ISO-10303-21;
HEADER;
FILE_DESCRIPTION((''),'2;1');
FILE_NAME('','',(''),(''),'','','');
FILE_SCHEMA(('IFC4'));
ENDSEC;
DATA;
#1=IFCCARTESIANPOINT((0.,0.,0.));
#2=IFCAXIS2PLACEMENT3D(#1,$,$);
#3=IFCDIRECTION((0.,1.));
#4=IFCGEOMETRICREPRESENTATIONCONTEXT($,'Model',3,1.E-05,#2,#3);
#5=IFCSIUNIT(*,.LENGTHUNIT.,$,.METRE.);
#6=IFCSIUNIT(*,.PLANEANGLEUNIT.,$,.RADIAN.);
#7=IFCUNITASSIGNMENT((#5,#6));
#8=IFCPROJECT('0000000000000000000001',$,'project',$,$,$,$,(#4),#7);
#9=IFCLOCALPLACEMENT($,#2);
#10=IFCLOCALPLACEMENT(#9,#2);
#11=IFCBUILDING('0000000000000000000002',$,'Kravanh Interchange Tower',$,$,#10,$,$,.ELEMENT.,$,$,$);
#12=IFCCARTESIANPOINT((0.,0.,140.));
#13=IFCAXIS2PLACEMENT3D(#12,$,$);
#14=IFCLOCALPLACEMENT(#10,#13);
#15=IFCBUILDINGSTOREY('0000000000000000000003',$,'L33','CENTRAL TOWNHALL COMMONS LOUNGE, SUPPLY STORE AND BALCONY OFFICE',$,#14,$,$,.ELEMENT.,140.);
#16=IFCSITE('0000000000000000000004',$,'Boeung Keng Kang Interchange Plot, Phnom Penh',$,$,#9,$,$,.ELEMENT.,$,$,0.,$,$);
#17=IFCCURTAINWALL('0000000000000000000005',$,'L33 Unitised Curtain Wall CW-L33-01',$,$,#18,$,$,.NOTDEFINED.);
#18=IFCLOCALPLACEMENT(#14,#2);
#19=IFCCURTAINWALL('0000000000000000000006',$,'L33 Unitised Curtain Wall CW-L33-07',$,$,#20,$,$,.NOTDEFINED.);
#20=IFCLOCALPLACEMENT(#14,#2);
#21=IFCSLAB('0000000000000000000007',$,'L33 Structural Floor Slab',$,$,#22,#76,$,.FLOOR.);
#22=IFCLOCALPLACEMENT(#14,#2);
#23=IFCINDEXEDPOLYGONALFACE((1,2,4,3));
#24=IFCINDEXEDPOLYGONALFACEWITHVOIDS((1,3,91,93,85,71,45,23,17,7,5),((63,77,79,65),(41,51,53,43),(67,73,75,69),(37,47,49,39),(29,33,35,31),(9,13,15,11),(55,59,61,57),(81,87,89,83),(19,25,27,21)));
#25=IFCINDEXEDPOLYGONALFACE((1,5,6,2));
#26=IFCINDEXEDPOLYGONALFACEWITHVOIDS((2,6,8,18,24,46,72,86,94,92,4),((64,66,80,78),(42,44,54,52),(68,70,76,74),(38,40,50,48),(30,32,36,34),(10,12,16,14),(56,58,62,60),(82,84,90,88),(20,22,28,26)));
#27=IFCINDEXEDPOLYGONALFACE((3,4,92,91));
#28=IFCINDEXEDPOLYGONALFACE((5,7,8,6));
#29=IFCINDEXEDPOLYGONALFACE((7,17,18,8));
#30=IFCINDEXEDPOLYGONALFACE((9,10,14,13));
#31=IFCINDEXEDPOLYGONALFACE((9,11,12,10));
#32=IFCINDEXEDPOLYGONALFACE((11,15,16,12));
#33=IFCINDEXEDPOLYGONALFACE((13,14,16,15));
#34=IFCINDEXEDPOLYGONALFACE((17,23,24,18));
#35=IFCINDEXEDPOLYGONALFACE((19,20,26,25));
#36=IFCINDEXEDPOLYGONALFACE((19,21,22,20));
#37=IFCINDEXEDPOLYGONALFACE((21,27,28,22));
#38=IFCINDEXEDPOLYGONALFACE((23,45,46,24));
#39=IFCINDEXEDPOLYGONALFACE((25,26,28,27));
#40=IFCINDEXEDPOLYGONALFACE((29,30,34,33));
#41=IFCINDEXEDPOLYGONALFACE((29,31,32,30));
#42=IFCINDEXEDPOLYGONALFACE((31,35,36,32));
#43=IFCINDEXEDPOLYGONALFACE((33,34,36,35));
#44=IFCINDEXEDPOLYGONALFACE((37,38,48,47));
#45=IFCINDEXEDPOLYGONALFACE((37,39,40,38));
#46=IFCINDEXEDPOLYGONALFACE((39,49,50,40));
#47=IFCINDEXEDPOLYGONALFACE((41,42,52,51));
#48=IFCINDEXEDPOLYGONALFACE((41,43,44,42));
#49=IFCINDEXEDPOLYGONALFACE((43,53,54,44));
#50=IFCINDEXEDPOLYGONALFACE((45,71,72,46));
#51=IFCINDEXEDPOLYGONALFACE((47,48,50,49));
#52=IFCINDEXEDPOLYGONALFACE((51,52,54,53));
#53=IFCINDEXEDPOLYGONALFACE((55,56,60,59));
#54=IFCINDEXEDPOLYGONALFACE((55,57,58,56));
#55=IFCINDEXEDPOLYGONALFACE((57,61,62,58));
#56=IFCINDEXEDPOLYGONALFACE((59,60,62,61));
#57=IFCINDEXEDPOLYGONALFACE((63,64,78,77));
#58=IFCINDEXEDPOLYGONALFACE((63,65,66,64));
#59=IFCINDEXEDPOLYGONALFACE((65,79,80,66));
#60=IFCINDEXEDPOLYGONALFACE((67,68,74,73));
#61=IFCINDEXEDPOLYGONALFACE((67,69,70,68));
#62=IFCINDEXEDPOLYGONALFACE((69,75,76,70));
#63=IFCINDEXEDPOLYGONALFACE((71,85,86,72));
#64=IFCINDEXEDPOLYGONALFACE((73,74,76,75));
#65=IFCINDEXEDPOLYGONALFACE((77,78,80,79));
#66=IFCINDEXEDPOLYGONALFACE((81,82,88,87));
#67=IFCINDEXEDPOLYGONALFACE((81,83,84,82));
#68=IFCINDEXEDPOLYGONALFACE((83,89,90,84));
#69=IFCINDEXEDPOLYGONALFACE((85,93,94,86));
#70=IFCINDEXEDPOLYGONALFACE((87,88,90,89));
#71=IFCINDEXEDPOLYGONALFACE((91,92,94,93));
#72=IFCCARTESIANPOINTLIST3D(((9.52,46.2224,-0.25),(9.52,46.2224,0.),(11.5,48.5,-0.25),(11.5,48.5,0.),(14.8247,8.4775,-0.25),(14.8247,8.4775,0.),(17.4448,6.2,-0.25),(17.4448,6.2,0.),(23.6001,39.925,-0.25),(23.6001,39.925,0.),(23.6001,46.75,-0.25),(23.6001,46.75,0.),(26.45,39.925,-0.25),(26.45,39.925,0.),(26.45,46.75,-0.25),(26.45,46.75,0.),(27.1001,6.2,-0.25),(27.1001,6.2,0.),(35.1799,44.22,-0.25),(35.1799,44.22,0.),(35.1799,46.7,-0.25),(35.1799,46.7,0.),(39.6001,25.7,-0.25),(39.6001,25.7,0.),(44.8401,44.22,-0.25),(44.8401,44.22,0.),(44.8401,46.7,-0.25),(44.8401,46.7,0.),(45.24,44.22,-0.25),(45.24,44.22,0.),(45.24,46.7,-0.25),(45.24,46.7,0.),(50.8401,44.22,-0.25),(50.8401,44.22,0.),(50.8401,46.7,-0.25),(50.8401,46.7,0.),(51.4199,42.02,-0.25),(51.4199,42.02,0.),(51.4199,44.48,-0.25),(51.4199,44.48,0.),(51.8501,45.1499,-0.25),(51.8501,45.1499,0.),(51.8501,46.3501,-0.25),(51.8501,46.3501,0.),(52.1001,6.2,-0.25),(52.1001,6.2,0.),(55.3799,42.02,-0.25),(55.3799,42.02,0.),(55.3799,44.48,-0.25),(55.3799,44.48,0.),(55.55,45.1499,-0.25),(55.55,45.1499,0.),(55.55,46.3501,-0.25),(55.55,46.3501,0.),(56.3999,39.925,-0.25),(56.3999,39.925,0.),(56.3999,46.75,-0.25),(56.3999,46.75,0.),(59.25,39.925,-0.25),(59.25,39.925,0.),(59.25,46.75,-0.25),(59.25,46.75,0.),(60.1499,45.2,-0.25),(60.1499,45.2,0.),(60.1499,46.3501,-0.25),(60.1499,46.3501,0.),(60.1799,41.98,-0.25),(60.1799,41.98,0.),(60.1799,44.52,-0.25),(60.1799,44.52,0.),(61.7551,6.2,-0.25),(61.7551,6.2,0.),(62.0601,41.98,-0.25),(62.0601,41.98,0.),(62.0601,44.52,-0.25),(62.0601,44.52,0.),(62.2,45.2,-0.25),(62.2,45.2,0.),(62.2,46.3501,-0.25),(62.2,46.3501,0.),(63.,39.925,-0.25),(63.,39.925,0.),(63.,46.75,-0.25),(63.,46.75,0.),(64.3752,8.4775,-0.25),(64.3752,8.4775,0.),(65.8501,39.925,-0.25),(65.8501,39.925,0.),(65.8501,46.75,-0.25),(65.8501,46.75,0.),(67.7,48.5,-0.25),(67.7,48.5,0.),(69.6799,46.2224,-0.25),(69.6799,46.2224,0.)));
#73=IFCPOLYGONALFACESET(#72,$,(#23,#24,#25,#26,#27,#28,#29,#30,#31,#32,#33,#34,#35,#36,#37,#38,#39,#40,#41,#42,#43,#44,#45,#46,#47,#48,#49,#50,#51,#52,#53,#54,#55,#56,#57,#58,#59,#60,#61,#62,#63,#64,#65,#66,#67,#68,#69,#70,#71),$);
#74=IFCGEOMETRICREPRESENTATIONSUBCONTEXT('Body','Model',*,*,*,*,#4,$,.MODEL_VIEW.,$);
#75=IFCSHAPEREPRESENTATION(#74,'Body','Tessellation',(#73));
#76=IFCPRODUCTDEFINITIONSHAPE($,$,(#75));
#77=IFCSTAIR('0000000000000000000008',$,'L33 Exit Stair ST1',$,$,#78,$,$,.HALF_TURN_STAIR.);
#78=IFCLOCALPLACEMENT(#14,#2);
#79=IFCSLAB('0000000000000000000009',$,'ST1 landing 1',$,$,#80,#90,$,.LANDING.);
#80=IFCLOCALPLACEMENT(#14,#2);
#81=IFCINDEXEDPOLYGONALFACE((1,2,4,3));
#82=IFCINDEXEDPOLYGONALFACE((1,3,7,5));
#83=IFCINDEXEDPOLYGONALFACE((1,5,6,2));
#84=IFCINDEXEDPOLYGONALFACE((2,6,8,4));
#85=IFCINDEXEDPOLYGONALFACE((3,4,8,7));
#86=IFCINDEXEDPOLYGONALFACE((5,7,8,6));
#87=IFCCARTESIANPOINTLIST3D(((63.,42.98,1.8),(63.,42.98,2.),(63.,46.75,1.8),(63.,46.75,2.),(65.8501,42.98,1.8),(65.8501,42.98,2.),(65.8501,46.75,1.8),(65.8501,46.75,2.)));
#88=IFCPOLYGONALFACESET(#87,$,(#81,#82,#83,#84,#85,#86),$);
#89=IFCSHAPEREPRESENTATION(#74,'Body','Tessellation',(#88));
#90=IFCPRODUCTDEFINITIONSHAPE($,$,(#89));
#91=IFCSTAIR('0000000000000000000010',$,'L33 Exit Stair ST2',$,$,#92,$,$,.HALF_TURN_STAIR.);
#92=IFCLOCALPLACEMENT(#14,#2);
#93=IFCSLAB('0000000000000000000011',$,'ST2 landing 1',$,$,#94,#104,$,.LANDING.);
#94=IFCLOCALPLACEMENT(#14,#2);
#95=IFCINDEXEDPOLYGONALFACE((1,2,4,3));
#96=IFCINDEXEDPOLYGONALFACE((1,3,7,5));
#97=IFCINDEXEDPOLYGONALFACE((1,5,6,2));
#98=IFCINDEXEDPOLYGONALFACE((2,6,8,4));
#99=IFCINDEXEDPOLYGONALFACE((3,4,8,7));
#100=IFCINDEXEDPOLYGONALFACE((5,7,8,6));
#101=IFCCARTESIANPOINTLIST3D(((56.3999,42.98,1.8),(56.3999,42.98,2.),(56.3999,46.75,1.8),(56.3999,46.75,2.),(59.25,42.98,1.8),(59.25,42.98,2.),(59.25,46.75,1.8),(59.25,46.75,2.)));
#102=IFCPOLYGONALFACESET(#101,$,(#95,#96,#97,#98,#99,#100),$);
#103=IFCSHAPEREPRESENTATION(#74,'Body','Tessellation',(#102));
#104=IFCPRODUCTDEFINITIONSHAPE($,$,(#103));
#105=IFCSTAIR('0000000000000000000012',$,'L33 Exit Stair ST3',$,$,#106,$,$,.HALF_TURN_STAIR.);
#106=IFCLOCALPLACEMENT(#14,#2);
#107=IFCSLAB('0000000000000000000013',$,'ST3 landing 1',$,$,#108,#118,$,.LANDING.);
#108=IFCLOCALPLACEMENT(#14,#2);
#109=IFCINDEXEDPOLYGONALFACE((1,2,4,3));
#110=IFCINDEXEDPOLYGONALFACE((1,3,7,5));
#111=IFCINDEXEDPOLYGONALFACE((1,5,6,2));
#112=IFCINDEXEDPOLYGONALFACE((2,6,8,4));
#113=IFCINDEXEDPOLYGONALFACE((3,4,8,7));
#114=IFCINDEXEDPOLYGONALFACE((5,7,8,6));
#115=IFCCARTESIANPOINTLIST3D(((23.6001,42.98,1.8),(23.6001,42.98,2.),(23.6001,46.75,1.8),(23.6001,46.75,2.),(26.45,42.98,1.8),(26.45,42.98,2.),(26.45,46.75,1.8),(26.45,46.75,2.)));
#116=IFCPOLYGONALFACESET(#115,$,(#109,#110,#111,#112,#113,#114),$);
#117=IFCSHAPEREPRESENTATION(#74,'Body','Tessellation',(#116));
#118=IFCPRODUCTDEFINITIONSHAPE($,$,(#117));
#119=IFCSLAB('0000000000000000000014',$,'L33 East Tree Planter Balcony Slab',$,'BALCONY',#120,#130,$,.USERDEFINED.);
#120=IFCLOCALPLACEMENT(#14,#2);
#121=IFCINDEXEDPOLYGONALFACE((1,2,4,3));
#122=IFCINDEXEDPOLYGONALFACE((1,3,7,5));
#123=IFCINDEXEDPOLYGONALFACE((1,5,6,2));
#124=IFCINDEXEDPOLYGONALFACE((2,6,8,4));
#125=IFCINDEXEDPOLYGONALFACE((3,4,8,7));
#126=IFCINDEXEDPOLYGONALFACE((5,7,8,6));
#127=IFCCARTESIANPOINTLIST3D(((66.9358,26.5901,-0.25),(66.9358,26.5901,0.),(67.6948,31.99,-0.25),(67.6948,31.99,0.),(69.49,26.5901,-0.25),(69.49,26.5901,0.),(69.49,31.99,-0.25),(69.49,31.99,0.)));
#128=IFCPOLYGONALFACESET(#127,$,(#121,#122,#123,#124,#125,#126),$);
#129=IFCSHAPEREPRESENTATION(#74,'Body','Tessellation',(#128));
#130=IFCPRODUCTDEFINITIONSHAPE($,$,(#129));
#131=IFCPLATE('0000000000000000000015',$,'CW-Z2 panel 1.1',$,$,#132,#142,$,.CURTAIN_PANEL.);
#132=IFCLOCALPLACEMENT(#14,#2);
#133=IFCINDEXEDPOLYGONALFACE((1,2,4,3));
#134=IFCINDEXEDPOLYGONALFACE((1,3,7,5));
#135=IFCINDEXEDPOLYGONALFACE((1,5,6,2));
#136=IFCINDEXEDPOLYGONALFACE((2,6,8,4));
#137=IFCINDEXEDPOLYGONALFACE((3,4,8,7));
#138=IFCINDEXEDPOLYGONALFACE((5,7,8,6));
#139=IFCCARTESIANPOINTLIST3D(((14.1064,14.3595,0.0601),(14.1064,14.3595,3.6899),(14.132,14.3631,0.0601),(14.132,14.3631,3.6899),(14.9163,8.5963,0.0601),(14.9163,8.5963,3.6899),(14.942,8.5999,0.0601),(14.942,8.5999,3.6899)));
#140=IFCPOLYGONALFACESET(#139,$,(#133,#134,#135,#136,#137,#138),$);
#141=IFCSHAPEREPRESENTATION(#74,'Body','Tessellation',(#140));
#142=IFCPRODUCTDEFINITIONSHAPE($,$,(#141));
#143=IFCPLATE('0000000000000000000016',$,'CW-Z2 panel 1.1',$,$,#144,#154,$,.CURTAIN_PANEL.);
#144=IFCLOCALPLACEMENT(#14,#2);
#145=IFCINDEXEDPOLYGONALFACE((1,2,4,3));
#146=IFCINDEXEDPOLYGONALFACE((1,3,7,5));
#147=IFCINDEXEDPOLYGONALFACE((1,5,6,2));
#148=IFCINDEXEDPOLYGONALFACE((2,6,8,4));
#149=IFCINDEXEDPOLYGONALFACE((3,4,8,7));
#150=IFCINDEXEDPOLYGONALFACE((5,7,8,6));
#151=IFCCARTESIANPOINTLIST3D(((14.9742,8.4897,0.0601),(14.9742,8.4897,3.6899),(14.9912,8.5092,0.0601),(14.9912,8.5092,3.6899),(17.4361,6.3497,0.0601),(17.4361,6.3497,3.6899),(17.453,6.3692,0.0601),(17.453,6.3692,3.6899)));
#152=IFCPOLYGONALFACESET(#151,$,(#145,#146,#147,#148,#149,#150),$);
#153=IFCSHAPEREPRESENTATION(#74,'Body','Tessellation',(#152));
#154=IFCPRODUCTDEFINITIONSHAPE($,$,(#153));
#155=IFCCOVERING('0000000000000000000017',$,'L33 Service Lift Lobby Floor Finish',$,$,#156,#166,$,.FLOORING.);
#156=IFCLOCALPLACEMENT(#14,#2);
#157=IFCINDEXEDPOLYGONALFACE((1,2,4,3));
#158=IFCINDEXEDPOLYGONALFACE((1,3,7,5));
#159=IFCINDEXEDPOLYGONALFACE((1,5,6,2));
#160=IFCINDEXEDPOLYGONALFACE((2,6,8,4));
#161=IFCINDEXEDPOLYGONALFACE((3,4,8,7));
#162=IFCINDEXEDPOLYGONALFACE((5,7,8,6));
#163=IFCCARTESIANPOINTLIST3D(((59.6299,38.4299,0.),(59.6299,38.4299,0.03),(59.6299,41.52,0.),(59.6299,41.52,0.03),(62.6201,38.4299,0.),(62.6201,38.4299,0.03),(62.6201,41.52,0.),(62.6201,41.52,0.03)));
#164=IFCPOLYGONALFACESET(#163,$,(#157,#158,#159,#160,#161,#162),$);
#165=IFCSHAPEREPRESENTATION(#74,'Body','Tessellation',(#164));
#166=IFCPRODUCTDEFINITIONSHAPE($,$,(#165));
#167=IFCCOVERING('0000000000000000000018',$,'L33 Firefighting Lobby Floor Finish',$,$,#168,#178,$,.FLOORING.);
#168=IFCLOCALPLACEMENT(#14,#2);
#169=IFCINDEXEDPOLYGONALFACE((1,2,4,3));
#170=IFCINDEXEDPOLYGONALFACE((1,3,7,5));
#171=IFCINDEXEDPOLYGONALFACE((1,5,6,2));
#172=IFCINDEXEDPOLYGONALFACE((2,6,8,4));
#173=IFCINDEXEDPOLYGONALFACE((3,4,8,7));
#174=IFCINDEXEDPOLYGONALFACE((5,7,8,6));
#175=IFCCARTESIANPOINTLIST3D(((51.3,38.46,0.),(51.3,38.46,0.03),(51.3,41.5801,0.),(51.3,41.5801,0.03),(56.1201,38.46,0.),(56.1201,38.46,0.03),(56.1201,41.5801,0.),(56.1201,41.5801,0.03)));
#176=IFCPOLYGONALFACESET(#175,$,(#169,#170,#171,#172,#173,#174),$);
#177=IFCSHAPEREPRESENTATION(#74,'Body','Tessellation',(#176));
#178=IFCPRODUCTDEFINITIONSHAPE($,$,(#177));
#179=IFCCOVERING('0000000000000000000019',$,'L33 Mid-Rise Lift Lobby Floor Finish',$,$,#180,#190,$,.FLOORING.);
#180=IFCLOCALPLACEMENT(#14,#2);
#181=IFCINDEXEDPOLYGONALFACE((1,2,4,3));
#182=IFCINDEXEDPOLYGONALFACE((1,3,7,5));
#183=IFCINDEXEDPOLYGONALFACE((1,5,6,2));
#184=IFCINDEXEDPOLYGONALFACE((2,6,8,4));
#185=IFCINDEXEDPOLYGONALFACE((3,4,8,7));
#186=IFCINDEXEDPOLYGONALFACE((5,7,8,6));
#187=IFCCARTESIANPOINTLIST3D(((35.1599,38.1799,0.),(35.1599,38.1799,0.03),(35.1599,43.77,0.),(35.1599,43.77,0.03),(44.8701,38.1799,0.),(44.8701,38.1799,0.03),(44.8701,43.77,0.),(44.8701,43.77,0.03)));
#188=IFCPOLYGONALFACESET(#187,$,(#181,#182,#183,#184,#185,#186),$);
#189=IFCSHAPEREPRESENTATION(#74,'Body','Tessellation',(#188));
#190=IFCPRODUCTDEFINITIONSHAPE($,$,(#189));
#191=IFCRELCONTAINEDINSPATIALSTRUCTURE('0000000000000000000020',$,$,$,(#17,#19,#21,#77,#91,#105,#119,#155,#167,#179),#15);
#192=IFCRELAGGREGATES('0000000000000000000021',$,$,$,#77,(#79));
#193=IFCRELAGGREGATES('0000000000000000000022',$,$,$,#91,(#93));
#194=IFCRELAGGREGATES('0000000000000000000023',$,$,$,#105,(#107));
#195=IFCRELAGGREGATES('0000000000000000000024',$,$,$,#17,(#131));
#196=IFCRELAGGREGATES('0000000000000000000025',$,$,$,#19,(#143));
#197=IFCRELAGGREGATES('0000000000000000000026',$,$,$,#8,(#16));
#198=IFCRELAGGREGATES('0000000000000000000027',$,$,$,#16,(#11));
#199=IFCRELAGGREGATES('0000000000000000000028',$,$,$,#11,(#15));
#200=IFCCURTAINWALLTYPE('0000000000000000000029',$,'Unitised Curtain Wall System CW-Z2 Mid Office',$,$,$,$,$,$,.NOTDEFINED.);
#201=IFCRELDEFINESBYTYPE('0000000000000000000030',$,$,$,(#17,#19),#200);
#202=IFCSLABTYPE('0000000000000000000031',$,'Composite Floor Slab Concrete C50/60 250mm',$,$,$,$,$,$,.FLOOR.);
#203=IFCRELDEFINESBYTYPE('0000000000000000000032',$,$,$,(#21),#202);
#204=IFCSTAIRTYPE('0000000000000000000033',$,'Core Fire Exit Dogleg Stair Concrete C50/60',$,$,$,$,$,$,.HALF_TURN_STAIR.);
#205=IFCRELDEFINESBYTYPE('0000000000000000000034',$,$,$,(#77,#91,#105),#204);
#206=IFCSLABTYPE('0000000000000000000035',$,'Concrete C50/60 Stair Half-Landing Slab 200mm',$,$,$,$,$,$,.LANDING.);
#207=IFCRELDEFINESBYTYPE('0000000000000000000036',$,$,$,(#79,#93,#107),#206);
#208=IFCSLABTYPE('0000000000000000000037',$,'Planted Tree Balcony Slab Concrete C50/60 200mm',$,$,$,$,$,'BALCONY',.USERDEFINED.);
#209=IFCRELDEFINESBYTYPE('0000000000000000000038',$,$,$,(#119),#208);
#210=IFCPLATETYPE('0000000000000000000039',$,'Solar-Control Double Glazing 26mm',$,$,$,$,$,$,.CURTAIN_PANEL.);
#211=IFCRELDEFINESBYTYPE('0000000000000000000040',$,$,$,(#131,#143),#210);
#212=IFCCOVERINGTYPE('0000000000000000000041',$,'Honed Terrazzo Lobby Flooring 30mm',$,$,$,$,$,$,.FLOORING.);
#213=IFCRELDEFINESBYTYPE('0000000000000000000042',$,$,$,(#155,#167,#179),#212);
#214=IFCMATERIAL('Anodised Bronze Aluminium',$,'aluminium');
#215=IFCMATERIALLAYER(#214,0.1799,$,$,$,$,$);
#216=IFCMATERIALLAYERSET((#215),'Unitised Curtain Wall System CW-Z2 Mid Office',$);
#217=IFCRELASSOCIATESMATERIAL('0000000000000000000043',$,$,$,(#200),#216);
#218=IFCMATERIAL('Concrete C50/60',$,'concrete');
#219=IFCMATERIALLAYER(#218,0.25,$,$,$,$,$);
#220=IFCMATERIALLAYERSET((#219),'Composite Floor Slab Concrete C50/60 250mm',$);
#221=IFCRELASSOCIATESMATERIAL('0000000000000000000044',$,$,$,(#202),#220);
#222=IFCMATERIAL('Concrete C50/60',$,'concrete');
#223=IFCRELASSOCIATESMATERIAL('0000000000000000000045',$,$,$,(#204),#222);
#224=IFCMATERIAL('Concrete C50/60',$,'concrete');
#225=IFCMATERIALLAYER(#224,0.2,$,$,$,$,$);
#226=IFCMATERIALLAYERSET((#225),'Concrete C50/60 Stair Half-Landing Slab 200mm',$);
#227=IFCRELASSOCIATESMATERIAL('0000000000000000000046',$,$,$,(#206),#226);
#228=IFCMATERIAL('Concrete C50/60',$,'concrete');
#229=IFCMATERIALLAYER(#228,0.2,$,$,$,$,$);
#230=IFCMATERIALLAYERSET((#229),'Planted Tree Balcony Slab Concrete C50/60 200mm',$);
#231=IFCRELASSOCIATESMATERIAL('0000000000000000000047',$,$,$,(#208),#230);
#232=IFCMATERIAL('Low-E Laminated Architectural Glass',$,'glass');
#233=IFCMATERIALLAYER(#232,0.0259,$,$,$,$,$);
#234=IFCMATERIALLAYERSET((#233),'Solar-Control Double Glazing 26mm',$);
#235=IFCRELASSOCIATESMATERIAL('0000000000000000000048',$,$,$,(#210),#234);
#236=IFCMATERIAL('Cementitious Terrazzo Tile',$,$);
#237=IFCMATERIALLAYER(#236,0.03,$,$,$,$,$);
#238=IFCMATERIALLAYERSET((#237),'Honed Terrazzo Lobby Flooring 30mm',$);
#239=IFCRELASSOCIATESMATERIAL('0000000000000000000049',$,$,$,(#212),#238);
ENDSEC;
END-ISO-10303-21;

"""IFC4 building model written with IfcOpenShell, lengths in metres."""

from ifc_helpers import new_model, si_unit, direction, frame, origin, origin_2d, place, context, subcontext, project, spatial, polyline, rectangle, outline, extrude, material, layer, layer_set, type_object, element, aggregate, save


model = new_model("IFC4")

# Units and contexts
model_context = context("Model", 3, precision=1e-05, world=origin(), true_north=direction((0.0, 1.0)))
body_context = subcontext(model_context, "Body", "Model", "MODEL_VIEW")
ifc_project = project(units=[si_unit("LENGTHUNIT", "METRE"), si_unit("PLANEANGLEUNIT", "RADIAN")], contexts=[model_context])

# Site, building, storey
site_placement = place(None, origin())
site = spatial("IfcSite", under=ifc_project, at=site_placement, Name="Boeung Keng Kang Interchange Plot, Phnom Penh", CompositionType="ELEMENT", RefElevation=0.0)
building_placement = place(site_placement, origin())
building = spatial("IfcBuilding", under=site, at=building_placement, Name="Kravanh Interchange Tower", CompositionType="ELEMENT")
storey_placement = place(building_placement, frame((0.0, 0.0, 140.0)))
storey = spatial("IfcBuildingStorey", under=building, at=storey_placement, Name="L33", Description="CENTRAL TOWNHALL COMMONS LOUNGE, SUPPLY STORE AND BALCONY OFFICE", CompositionType="ELEMENT", Elevation=140.0)

# Curtain walls
ifc_material_1 = material(Name="Anodised Bronze Aluminium", Category="aluminium")
ifc_layer_1 = layer(ifc_material_1, 0.1799)
ifc_layer_set_1 = layer_set([ifc_layer_1], Name="Unitised Curtain Wall System CW-Z2 Mid Office")
curtain_wall_type = type_object("IfcCurtainWallType", Name="Unitised Curtain Wall System CW-Z2 Mid Office", PredefinedType="NOTDEFINED", material=ifc_layer_set_1)
curtain_wall_1_placement = place(storey_placement, origin())
curtain_wall_1 = element("IfcCurtainWall", 1, at=curtain_wall_1_placement, inside=storey, type_object=curtain_wall_type, Name="L33 Unitised Curtain Wall CW-L33-01", PredefinedType="NOTDEFINED")
curtain_wall_2_placement = place(storey_placement, origin())
curtain_wall_2 = element("IfcCurtainWall", 2, at=curtain_wall_2_placement, inside=storey, type_object=curtain_wall_type, Name="L33 Unitised Curtain Wall CW-L33-07", PredefinedType="NOTDEFINED")

# Slab
ifc_material_2 = material(Name="Concrete C50/60", Category="concrete")
ifc_layer_2 = layer(ifc_material_2, 0.25)
ifc_layer_set_2 = layer_set([ifc_layer_2], Name="Composite Floor Slab Concrete C50/60 250mm")
slab_type_1 = type_object("IfcSlabType", Name="Composite Floor Slab Concrete C50/60 250mm", PredefinedType="FLOOR", material=ifc_layer_set_2)
slab_1_placement = place(storey_placement, frame((0.0, 0.0, -0.25)))
element("IfcSlab", 3, at=slab_1_placement, inside=storey, type_object=slab_type_1, Name="L33 Structural Floor Slab", PredefinedType="FLOOR", context=body_context, shape_type="SweptSolid", body=[
    extrude(outline(polyline([(14.8247, 8.4775), (17.4448, 6.2), (27.1001, 6.2), (39.6001, 25.7), (52.1001, 6.2), (61.7551, 6.2), (64.3752, 8.4775), (69.6799, 46.2224), (67.7, 48.5), (11.5, 48.5), (9.52, 46.2224), (14.8247, 8.4775)]), holes=[polyline([(65.8501, 39.925), (65.8501, 46.75), (63.0, 46.75), (63.0, 39.925), (65.8501, 39.925)]), polyline([(59.25, 39.925), (59.25, 46.75), (56.3999, 46.75), (56.3999, 39.925), (59.25, 39.925)]), polyline([(26.45, 39.925), (26.45, 46.75), (23.6001, 46.75), (23.6001, 39.925), (26.45, 39.925)]), polyline([(35.1799, 44.22), (44.8401, 44.22), (44.8401, 46.7), (35.1799, 46.7), (35.1799, 44.22)]), polyline([(45.24, 44.22), (50.8401, 44.22), (50.8401, 46.7), (45.24, 46.7), (45.24, 44.22)]), polyline([(51.4199, 42.02), (55.3799, 42.02), (55.3799, 44.48), (51.4199, 44.48), (51.4199, 42.02)]), polyline([(60.1799, 41.98), (62.0601, 41.98), (62.0601, 44.52), (60.1799, 44.52), (60.1799, 41.98)]), polyline([(60.1499, 45.2), (62.2, 45.2), (62.2, 46.3501), (60.1499, 46.3501), (60.1499, 45.2)]), polyline([(51.8501, 45.1499), (55.55, 45.1499), (55.55, 46.3501), (51.8501, 46.3501), (51.8501, 45.1499)])]), origin(), (0.0, 0.0, 1.0), 0.25),
])

# Stairs, slabs
ifc_material_3 = material(Name="Concrete C50/60", Category="concrete")
stair_type = type_object("IfcStairType", Name="Core Fire Exit Dogleg Stair Concrete C50/60", PredefinedType="HALF_TURN_STAIR", material=ifc_material_3)
stair_1_placement = place(storey_placement, origin())
stair_1 = element("IfcStair", 4, at=stair_1_placement, inside=storey, type_object=stair_type, Name="L33 Exit Stair ST1", PredefinedType="HALF_TURN_STAIR")
ifc_material_4 = material(Name="Concrete C50/60", Category="concrete")
ifc_layer_3 = layer(ifc_material_4, 0.2)
ifc_layer_set_3 = layer_set([ifc_layer_3], Name="Concrete C50/60 Stair Half-Landing Slab 200mm")
slab_type_2 = type_object("IfcSlabType", Name="Concrete C50/60 Stair Half-Landing Slab 200mm", PredefinedType="LANDING", material=ifc_layer_set_3)
slab_2_placement = place(storey_placement, frame((0.0, 0.0, 1.8)))
slab_2 = element("IfcSlab", 5, at=slab_2_placement, type_object=slab_type_2, Name="ST1 landing 1", PredefinedType="LANDING", context=body_context, shape_type="SweptSolid", body=[
    extrude(outline(polyline([(65.8501, 42.98), (65.8501, 46.75), (63.0, 46.75), (63.0, 42.98), (65.8501, 42.98)])), origin(), (0.0, 0.0, 1.0), 0.2),
])
aggregate(stair_1, [slab_2])
stair_2_placement = place(storey_placement, origin())
stair_2 = element("IfcStair", 6, at=stair_2_placement, inside=storey, type_object=stair_type, Name="L33 Exit Stair ST2", PredefinedType="HALF_TURN_STAIR")
slab_3_placement = place(storey_placement, frame((0.0, 0.0, 1.8)))
slab_3 = element("IfcSlab", 7, at=slab_3_placement, type_object=slab_type_2, Name="ST2 landing 1", PredefinedType="LANDING", context=body_context, shape_type="SweptSolid", body=[
    extrude(outline(polyline([(59.25, 42.98), (59.25, 46.75), (56.3999, 46.75), (56.3999, 42.98), (59.25, 42.98)])), origin(), (0.0, 0.0, 1.0), 0.2),
])
aggregate(stair_2, [slab_3])
stair_3_placement = place(storey_placement, origin())
stair_3 = element("IfcStair", 8, at=stair_3_placement, inside=storey, type_object=stair_type, Name="L33 Exit Stair ST3", PredefinedType="HALF_TURN_STAIR")
slab_4_placement = place(storey_placement, frame((0.0, 0.0, 1.8)))
slab_4 = element("IfcSlab", 9, at=slab_4_placement, type_object=slab_type_2, Name="ST3 landing 1", PredefinedType="LANDING", context=body_context, shape_type="SweptSolid", body=[
    extrude(outline(polyline([(26.45, 42.98), (26.45, 46.75), (23.6001, 46.75), (23.6001, 42.98), (26.45, 42.98)])), origin(), (0.0, 0.0, 1.0), 0.2),
])
aggregate(stair_3, [slab_4])

# Slab
ifc_material_5 = material(Name="Concrete C50/60", Category="concrete")
ifc_layer_4 = layer(ifc_material_5, 0.2)
ifc_layer_set_4 = layer_set([ifc_layer_4], Name="Planted Tree Balcony Slab Concrete C50/60 200mm")
slab_type_3 = type_object("IfcSlabType", Name="Planted Tree Balcony Slab Concrete C50/60 200mm", ElementType="BALCONY", PredefinedType="USERDEFINED", material=ifc_layer_set_4)
slab_5_placement = place(storey_placement, frame((0.0, 0.0, -0.25)))
element("IfcSlab", 10, at=slab_5_placement, inside=storey, type_object=slab_type_3, Name="L33 East Tree Planter Balcony Slab", ObjectType="BALCONY", PredefinedType="USERDEFINED", context=body_context, shape_type="SweptSolid", body=[
    extrude(outline(polyline([(69.49, 31.99), (69.49, 26.5901), (66.9358, 26.5901), (67.6948, 31.99), (69.49, 31.99)])), origin(), (0.0, 0.0, 1.0), 0.25),
])

# Plates
ifc_material_6 = material(Name="Low-E Laminated Architectural Glass", Category="glass")
ifc_layer_5 = layer(ifc_material_6, 0.0259)
ifc_layer_set_5 = layer_set([ifc_layer_5], Name="Solar-Control Double Glazing 26mm")
plate_type = type_object("IfcPlateType", Name="Solar-Control Double Glazing 26mm", PredefinedType="CURTAIN_PANEL", material=ifc_layer_set_5)
plate_1_placement = place(storey_placement, frame((14.5242, 11.4797, 0.0601), z_axis=(0.0, 0.0, 1.0), x_axis=(-0.139173, 0.990268, 0.0)))
plate_1 = element("IfcPlate", 11, at=plate_1_placement, type_object=plate_type, Name="CW-Z2 panel 1.1", PredefinedType="CURTAIN_PANEL", context=body_context, shape_type="SweptSolid", body=[
    extrude(rectangle(XDim=5.8198, YDim=0.0259, at=origin_2d()), origin(), (0.0, 0.0, 1.0), 3.6299),
])
aggregate(curtain_wall_1, [plate_1])
plate_2_placement = place(storey_placement, frame((16.2136, 7.4294, 0.0601), z_axis=(0.0, 0.0, 1.0), x_axis=(-0.754719, 0.656048, 0.0)))
plate_2 = element("IfcPlate", 12, at=plate_2_placement, type_object=plate_type, Name="CW-Z2 panel 1.1", PredefinedType="CURTAIN_PANEL", context=body_context, shape_type="SweptSolid", body=[
    extrude(rectangle(XDim=3.262, YDim=0.0259, at=origin_2d()), origin(), (0.0, 0.0, 1.0), 3.6299),
])
aggregate(curtain_wall_2, [plate_2])

# Coverings
ifc_material_7 = material(Name="Cementitious Terrazzo Tile")
ifc_layer_6 = layer(ifc_material_7, 0.03)
ifc_layer_set_6 = layer_set([ifc_layer_6], Name="Honed Terrazzo Lobby Flooring 30mm")
covering_type_1 = type_object("IfcCoveringType", Name="Honed Terrazzo Lobby Flooring 30mm", PredefinedType="FLOORING", material=ifc_layer_set_6)
covering_1_placement = place(storey_placement, origin())
element("IfcCovering", 13, at=covering_1_placement, inside=storey, type_object=covering_type_1, Name="L33 Service Lift Lobby Floor Finish", PredefinedType="FLOORING", context=body_context, shape_type="SweptSolid", body=[
    extrude(outline(polyline([(59.6299, 41.52), (62.6201, 41.52), (62.6201, 38.4299), (59.6299, 38.4299), (59.6299, 41.52)])), origin(), (0.0, 0.0, 1.0), 0.03),
])
covering_2_placement = place(storey_placement, origin())
element("IfcCovering", 14, at=covering_2_placement, inside=storey, type_object=covering_type_1, Name="L33 Firefighting Lobby Floor Finish", PredefinedType="FLOORING", context=body_context, shape_type="SweptSolid", body=[
    extrude(outline(polyline([(56.1201, 38.46), (51.3, 38.46), (51.3, 41.5801), (56.1201, 41.5801), (56.1201, 38.46)])), origin(), (0.0, 0.0, 1.0), 0.03),
])
covering_3_placement = place(storey_placement, origin())
element("IfcCovering", 15, at=covering_3_placement, inside=storey, type_object=covering_type_1, Name="L33 Mid-Rise Lift Lobby Floor Finish", PredefinedType="FLOORING", context=body_context, shape_type="SweptSolid", body=[
    extrude(outline(polyline([(35.1599, 43.77), (44.8701, 43.77), (44.8701, 38.1799), (35.1599, 38.1799), (35.1599, 43.77)])), origin(), (0.0, 0.0, 1.0), 0.03),
])

save(model, "model.ifc")
